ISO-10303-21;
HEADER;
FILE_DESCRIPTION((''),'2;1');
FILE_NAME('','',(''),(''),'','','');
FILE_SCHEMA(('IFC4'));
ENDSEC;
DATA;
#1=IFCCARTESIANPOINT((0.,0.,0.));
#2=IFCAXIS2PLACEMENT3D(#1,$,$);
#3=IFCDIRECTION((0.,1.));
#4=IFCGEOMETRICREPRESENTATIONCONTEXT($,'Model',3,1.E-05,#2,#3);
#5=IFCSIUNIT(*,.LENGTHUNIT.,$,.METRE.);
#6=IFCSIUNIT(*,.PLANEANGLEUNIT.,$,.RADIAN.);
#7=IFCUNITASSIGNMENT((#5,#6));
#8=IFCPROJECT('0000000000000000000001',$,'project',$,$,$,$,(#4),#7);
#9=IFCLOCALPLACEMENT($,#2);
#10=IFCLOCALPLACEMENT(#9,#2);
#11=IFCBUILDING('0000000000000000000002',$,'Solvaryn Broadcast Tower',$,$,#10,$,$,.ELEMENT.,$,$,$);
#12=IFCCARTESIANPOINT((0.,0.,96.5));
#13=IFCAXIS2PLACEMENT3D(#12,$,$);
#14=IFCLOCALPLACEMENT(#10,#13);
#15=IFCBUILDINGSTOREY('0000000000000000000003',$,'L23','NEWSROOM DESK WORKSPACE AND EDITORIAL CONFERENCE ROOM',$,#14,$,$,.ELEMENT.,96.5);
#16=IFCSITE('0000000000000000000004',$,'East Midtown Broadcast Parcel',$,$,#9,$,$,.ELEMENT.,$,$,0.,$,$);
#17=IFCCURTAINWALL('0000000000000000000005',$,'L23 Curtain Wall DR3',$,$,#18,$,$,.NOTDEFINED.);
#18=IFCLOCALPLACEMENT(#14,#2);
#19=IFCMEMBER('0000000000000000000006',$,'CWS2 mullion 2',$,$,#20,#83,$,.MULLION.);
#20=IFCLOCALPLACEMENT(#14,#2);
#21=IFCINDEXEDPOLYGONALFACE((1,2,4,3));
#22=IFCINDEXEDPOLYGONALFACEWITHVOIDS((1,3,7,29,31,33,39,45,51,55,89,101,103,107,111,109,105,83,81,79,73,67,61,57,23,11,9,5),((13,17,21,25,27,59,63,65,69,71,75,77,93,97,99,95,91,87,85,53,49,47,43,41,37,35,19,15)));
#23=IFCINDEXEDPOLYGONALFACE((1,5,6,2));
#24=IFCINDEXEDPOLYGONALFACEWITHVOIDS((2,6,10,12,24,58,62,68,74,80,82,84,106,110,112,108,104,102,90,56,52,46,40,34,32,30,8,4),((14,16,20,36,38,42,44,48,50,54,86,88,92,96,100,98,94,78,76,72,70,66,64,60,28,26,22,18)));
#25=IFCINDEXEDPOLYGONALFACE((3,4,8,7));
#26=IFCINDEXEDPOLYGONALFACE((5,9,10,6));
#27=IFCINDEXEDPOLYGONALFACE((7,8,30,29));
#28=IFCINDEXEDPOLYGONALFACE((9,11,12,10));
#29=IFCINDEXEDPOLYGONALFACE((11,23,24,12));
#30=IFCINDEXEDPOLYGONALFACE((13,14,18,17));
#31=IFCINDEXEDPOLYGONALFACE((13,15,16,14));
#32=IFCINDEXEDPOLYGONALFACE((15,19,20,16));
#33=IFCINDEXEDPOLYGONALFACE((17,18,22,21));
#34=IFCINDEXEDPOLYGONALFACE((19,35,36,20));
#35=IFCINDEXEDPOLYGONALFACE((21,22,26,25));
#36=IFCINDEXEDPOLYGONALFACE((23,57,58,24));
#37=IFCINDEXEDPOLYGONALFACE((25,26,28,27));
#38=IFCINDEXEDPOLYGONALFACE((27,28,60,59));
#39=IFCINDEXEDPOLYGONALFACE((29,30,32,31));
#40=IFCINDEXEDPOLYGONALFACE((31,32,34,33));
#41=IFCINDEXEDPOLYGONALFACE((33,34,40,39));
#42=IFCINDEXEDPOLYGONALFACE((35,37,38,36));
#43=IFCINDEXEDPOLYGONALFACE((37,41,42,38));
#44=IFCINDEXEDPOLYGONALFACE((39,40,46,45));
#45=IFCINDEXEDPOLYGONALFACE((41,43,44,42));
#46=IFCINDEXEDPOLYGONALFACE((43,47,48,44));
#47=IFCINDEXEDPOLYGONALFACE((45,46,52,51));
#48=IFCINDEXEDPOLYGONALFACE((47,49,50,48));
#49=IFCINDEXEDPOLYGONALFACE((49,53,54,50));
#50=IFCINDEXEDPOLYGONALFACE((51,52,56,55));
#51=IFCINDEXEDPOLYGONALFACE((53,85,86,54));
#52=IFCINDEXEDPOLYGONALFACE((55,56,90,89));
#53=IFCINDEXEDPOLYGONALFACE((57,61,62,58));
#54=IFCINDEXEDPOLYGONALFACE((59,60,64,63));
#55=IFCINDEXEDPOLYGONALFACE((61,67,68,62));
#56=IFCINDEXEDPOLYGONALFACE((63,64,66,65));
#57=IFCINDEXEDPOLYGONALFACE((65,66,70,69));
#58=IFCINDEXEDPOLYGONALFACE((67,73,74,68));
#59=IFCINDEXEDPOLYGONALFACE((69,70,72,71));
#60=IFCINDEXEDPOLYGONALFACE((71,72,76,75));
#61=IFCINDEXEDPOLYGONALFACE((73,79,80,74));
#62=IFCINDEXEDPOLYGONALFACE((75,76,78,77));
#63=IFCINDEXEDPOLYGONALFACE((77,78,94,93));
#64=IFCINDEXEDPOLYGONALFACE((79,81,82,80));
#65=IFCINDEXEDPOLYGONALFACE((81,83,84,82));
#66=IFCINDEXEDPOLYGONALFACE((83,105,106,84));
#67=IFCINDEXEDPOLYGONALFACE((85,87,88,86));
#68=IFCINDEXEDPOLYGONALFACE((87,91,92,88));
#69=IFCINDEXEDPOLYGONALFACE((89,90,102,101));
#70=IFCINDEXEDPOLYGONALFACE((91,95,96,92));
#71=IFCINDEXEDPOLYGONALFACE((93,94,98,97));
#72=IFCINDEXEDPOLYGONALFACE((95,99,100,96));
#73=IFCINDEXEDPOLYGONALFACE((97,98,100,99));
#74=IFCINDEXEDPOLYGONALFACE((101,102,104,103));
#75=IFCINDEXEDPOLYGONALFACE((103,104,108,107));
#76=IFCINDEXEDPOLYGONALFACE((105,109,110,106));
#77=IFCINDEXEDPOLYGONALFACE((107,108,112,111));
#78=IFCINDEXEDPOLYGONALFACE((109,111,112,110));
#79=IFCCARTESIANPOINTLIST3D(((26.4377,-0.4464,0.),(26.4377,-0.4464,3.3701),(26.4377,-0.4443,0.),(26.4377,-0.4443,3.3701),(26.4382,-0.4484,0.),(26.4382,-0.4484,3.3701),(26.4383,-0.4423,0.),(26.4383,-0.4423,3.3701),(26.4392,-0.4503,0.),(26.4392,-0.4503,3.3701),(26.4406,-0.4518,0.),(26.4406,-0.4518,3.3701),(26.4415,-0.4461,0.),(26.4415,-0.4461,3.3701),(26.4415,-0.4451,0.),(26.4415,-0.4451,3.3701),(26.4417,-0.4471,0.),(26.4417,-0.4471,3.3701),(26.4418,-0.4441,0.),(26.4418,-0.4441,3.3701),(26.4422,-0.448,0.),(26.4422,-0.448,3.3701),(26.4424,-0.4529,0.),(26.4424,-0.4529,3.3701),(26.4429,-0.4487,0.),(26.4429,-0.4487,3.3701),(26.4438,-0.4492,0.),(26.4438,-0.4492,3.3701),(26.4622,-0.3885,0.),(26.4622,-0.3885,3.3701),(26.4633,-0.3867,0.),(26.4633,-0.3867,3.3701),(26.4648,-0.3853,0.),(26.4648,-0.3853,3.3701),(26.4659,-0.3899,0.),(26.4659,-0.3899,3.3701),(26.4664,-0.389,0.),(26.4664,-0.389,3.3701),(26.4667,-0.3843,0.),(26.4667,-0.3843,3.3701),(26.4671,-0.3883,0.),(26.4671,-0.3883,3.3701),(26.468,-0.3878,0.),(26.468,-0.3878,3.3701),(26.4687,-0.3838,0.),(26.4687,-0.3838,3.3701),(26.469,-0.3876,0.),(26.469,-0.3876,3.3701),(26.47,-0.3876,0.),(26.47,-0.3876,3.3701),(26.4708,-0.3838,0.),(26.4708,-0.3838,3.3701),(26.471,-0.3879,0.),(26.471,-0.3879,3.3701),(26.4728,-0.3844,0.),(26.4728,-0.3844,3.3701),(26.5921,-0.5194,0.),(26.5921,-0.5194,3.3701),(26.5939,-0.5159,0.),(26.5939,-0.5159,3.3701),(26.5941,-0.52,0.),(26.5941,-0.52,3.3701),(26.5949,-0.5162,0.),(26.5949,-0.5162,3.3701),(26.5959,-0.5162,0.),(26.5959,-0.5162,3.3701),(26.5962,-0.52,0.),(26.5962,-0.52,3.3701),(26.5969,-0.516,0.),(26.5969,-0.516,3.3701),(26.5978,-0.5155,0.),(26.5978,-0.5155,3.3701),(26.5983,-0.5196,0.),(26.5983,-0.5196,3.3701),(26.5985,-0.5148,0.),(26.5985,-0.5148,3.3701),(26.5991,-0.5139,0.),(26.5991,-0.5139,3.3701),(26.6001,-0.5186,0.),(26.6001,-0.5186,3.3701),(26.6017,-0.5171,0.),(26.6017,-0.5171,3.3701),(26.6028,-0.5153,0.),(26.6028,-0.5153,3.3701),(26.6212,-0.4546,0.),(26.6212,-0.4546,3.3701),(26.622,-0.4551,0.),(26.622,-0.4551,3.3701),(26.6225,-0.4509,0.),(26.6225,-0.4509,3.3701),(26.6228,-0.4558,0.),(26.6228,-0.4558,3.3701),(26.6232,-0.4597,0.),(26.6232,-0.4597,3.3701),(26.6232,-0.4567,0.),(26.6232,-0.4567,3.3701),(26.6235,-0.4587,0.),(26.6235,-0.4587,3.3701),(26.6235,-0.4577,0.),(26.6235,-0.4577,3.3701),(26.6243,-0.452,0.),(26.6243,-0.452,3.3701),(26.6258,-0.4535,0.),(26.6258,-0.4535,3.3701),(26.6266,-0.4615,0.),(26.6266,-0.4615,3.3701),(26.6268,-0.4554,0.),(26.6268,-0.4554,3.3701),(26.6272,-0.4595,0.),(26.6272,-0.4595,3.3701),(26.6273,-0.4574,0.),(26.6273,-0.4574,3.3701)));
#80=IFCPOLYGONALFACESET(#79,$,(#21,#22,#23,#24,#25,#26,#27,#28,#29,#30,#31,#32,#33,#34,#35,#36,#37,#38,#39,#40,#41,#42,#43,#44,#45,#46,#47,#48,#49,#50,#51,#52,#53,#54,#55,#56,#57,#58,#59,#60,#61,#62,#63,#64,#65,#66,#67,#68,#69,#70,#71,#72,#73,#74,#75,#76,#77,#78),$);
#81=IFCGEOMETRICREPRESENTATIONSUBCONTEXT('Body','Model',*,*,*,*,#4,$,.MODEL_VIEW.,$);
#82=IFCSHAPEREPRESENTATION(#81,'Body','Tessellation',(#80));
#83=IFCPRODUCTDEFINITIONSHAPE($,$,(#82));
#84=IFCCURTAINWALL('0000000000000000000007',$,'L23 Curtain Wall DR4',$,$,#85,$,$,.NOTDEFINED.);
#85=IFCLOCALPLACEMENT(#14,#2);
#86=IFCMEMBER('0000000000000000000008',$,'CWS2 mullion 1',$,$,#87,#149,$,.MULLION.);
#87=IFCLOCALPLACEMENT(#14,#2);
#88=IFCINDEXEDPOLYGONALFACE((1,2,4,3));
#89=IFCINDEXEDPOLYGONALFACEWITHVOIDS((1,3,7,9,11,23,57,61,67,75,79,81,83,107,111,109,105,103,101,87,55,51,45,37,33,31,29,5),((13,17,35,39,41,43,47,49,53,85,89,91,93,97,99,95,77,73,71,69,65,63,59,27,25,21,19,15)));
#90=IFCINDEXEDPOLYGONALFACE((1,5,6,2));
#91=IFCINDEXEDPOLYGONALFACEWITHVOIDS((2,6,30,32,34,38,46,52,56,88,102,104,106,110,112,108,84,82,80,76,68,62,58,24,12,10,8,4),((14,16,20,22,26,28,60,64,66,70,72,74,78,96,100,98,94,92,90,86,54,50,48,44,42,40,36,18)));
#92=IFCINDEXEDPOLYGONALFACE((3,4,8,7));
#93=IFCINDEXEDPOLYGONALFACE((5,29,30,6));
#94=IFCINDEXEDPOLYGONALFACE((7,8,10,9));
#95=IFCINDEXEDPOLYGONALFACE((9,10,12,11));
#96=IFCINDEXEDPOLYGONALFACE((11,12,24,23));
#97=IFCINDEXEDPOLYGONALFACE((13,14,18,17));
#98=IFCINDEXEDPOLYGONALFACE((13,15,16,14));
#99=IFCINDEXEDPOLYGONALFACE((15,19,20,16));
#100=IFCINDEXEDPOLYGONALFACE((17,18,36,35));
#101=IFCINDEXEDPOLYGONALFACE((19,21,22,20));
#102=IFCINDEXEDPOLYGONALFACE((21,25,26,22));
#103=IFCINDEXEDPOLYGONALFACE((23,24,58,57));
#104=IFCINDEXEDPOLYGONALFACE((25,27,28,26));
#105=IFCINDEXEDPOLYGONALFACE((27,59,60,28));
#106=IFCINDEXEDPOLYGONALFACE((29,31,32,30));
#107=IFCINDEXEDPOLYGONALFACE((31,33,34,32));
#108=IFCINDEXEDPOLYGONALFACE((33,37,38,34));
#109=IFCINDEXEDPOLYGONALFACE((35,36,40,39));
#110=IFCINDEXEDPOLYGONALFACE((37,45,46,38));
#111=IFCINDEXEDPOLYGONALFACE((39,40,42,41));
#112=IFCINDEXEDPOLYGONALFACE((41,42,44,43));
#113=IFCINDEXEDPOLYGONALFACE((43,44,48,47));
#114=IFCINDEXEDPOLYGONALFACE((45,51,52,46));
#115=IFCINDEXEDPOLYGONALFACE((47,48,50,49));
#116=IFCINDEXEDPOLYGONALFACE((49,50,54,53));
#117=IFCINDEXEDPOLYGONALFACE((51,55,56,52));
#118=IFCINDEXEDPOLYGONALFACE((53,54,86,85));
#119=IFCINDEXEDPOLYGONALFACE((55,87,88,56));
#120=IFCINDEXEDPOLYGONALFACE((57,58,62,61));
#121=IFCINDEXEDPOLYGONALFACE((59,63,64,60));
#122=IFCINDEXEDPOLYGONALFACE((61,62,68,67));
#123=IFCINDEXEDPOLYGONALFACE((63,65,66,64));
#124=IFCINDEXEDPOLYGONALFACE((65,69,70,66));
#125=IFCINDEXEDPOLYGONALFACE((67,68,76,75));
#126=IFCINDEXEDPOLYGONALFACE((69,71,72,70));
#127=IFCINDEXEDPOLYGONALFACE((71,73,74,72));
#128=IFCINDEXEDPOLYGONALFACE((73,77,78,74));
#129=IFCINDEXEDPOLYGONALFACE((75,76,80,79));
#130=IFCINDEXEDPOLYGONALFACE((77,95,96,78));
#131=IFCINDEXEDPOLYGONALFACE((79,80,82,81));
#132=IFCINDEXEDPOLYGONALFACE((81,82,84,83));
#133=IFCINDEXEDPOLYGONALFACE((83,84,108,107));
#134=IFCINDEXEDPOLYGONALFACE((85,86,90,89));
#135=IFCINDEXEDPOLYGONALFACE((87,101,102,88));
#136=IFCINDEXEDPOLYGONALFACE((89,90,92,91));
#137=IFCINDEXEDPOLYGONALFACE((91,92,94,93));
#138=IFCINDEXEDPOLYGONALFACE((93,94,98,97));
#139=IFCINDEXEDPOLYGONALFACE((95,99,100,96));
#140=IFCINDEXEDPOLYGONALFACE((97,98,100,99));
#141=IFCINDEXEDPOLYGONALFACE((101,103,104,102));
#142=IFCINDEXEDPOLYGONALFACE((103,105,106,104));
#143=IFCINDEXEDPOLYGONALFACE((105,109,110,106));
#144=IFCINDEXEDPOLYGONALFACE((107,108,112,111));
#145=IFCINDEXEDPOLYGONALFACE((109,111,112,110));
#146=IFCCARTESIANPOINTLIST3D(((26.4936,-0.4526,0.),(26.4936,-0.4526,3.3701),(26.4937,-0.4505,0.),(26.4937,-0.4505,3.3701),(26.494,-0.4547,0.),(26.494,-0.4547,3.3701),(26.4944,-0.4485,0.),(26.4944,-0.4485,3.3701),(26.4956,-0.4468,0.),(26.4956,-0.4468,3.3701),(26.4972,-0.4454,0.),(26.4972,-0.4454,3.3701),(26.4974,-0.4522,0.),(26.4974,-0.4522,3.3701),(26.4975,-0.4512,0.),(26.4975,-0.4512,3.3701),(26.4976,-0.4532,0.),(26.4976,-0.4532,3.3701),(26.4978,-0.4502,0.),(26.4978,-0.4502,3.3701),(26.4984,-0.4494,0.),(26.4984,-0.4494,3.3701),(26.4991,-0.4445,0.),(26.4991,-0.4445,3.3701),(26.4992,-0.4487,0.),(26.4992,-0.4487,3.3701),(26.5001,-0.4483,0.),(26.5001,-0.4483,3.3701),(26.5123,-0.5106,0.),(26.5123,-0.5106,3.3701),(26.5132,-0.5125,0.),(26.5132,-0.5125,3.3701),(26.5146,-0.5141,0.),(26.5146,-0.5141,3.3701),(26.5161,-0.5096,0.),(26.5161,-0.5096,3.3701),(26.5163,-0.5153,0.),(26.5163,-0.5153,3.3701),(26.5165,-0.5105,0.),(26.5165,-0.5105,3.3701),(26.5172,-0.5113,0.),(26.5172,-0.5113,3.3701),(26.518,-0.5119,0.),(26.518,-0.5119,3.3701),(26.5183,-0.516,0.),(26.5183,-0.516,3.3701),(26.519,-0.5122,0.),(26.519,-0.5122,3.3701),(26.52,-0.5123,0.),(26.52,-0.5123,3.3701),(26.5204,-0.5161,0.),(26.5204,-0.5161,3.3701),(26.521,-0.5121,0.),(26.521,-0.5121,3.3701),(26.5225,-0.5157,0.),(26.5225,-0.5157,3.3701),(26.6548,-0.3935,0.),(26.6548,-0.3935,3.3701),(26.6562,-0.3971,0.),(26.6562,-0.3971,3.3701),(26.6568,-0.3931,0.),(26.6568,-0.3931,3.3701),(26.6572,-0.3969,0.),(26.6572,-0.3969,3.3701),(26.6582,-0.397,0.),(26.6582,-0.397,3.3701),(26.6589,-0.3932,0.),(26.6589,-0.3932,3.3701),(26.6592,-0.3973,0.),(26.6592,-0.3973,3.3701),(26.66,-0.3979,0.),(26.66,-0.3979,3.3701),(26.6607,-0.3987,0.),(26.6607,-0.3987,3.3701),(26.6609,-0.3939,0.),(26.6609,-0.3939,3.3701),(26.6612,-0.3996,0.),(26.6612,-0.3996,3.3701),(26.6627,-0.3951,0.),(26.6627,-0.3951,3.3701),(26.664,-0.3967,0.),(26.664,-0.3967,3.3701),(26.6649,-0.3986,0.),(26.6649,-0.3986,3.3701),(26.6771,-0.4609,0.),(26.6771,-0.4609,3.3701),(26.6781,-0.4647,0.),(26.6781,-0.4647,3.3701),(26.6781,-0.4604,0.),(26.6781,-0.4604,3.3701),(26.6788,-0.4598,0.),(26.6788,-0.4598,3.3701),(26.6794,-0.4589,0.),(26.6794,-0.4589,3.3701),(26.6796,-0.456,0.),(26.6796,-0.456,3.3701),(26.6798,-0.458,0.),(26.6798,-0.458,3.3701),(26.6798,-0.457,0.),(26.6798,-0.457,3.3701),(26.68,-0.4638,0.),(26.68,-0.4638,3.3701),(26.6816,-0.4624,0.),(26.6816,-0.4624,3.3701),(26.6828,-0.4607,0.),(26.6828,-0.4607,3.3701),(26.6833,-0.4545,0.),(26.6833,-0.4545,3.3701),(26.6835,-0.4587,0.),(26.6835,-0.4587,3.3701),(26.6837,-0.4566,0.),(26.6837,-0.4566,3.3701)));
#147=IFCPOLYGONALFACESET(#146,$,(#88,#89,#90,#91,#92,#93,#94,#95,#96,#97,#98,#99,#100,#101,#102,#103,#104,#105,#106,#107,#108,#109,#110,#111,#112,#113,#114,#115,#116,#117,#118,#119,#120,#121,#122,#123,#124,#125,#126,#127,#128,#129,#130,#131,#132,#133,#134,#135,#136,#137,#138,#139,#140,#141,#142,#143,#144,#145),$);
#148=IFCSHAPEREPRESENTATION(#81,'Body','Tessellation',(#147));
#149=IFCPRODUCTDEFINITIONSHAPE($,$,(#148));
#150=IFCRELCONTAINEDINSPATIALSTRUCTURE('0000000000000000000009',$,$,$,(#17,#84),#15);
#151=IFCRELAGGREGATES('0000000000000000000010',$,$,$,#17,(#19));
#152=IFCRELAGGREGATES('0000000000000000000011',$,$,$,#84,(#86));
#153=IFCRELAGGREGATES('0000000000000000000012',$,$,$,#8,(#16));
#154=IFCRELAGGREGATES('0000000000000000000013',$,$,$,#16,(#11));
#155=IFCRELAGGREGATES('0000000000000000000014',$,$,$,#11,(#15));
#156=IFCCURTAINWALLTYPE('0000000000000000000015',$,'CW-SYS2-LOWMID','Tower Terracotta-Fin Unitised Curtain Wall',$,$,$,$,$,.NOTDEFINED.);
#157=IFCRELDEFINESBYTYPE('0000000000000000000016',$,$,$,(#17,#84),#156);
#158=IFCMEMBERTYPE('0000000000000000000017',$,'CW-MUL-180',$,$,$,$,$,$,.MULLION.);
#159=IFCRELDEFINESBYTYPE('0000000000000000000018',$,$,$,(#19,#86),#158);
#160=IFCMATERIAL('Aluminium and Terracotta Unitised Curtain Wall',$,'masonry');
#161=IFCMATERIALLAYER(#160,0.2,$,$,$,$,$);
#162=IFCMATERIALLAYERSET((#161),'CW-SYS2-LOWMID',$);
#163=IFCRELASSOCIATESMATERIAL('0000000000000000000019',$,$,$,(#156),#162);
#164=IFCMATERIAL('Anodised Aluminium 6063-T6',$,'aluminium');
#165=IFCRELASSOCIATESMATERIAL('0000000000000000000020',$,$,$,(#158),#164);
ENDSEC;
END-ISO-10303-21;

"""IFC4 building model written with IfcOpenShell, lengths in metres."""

from ifc_helpers import new_model, si_unit, direction, frame, origin, origin_2d, place, context, subcontext, project, spatial, hollow_rectangle, extrude, material, layer, layer_set, material_profile, profile_set, type_object, element, aggregate, save


model = new_model("IFC4")

# Units and contexts
model_context = context("Model", 3, precision=1e-05, world=origin(), true_north=direction((0.0, 1.0)))
body_context = subcontext(model_context, "Body", "Model", "MODEL_VIEW")
ifc_project = project(units=[si_unit("LENGTHUNIT", "METRE"), si_unit("PLANEANGLEUNIT", "RADIAN")], contexts=[model_context])

# Site, building, storey
site_placement = place(None, origin())
site = spatial("IfcSite", under=ifc_project, at=site_placement, Name="East Midtown Broadcast Parcel", CompositionType="ELEMENT", RefElevation=0.0)
building_placement = place(site_placement, origin())
building = spatial("IfcBuilding", under=site, at=building_placement, Name="Solvaryn Broadcast Tower", CompositionType="ELEMENT")
storey_placement = place(building_placement, frame((0.0, 0.0, 96.5)))
storey = spatial("IfcBuildingStorey", under=building, at=storey_placement, Name="L23", Description="NEWSROOM DESK WORKSPACE AND EDITORIAL CONFERENCE ROOM", CompositionType="ELEMENT", Elevation=96.5)

# Curtain wall, member
ifc_material_1 = material(Name="Aluminium and Terracotta Unitised Curtain Wall", Category="masonry")
ifc_layer_1 = layer(ifc_material_1, 0.2)
ifc_layer_set_1 = layer_set([ifc_layer_1], Name="CW-SYS2-LOWMID")
curtain_wall_type = type_object("IfcCurtainWallType", Name="CW-SYS2-LOWMID", Description="Tower Terracotta-Fin Unitised Curtain Wall", PredefinedType="NOTDEFINED", material=ifc_layer_set_1)
curtain_wall_1_placement = place(storey_placement, origin())
curtain_wall_1 = element("IfcCurtainWall", 1, at=curtain_wall_1_placement, inside=storey, type_object=curtain_wall_type, Name="L23 Curtain Wall DR3", PredefinedType="NOTDEFINED")
ifc_material_2 = material(Name="Anodised Aluminium 6063-T6", Category="aluminium")
ifc_material_profile_1 = material_profile(ifc_material_2, hollow_rectangle(XDim=0.075, YDim=0.1799, WallThickness=0.0039, InnerFilletRadius=0.0039, OuterFilletRadius=0.0081, at=origin_2d()))
ifc_profile_set_1 = profile_set([ifc_material_profile_1], Name="Anodised Aluminium 6063-T6")
member_type_1 = type_object("IfcMemberType", Name="CW-MUL-180", PredefinedType="MULLION", material=ifc_profile_set_1)
member_1_placement = place(storey_placement, frame((26.5325, -0.4519, 0.0), z_axis=(0.0, 0.0, 1.0), x_axis=(0.405898, 0.913918, 0.0)))
member_1 = element("IfcMember", 2, at=member_1_placement, type_object=member_type_1, Name="CWS2 mullion 2", PredefinedType="MULLION", context=body_context, shape_type="SweptSolid", body=[
    extrude(hollow_rectangle(XDim=0.075, YDim=0.1799, WallThickness=0.0039, InnerFilletRadius=0.0039, OuterFilletRadius=0.0081, at=origin_2d()), origin(), (0.0, 0.0, 1.0), 3.3701),
])
aggregate(curtain_wall_1, [member_1])

# Curtain wall, member
curtain_wall_2_placement = place(storey_placement, origin())
curtain_wall_2 = element("IfcCurtainWall", 3, at=curtain_wall_2_placement, inside=storey, type_object=curtain_wall_type, Name="L23 Curtain Wall DR4", PredefinedType="NOTDEFINED")
member_2_placement = place(storey_placement, frame((26.5886, -0.4546, 0.0), z_axis=(0.0, 0.0, 1.0), x_axis=(-0.311594, 0.950215, 0.0)))
member_2 = element("IfcMember", 4, at=member_2_placement, type_object=member_type_1, Name="CWS2 mullion 1", PredefinedType="MULLION", context=body_context, shape_type="SweptSolid", body=[
    extrude(hollow_rectangle(XDim=0.075, YDim=0.1799, WallThickness=0.0039, InnerFilletRadius=0.0039, OuterFilletRadius=0.0081, at=origin_2d()), origin(), (0.0, 0.0, 1.0), 3.3701),
])
aggregate(curtain_wall_2, [member_2])

save(model, "model.ifc")
